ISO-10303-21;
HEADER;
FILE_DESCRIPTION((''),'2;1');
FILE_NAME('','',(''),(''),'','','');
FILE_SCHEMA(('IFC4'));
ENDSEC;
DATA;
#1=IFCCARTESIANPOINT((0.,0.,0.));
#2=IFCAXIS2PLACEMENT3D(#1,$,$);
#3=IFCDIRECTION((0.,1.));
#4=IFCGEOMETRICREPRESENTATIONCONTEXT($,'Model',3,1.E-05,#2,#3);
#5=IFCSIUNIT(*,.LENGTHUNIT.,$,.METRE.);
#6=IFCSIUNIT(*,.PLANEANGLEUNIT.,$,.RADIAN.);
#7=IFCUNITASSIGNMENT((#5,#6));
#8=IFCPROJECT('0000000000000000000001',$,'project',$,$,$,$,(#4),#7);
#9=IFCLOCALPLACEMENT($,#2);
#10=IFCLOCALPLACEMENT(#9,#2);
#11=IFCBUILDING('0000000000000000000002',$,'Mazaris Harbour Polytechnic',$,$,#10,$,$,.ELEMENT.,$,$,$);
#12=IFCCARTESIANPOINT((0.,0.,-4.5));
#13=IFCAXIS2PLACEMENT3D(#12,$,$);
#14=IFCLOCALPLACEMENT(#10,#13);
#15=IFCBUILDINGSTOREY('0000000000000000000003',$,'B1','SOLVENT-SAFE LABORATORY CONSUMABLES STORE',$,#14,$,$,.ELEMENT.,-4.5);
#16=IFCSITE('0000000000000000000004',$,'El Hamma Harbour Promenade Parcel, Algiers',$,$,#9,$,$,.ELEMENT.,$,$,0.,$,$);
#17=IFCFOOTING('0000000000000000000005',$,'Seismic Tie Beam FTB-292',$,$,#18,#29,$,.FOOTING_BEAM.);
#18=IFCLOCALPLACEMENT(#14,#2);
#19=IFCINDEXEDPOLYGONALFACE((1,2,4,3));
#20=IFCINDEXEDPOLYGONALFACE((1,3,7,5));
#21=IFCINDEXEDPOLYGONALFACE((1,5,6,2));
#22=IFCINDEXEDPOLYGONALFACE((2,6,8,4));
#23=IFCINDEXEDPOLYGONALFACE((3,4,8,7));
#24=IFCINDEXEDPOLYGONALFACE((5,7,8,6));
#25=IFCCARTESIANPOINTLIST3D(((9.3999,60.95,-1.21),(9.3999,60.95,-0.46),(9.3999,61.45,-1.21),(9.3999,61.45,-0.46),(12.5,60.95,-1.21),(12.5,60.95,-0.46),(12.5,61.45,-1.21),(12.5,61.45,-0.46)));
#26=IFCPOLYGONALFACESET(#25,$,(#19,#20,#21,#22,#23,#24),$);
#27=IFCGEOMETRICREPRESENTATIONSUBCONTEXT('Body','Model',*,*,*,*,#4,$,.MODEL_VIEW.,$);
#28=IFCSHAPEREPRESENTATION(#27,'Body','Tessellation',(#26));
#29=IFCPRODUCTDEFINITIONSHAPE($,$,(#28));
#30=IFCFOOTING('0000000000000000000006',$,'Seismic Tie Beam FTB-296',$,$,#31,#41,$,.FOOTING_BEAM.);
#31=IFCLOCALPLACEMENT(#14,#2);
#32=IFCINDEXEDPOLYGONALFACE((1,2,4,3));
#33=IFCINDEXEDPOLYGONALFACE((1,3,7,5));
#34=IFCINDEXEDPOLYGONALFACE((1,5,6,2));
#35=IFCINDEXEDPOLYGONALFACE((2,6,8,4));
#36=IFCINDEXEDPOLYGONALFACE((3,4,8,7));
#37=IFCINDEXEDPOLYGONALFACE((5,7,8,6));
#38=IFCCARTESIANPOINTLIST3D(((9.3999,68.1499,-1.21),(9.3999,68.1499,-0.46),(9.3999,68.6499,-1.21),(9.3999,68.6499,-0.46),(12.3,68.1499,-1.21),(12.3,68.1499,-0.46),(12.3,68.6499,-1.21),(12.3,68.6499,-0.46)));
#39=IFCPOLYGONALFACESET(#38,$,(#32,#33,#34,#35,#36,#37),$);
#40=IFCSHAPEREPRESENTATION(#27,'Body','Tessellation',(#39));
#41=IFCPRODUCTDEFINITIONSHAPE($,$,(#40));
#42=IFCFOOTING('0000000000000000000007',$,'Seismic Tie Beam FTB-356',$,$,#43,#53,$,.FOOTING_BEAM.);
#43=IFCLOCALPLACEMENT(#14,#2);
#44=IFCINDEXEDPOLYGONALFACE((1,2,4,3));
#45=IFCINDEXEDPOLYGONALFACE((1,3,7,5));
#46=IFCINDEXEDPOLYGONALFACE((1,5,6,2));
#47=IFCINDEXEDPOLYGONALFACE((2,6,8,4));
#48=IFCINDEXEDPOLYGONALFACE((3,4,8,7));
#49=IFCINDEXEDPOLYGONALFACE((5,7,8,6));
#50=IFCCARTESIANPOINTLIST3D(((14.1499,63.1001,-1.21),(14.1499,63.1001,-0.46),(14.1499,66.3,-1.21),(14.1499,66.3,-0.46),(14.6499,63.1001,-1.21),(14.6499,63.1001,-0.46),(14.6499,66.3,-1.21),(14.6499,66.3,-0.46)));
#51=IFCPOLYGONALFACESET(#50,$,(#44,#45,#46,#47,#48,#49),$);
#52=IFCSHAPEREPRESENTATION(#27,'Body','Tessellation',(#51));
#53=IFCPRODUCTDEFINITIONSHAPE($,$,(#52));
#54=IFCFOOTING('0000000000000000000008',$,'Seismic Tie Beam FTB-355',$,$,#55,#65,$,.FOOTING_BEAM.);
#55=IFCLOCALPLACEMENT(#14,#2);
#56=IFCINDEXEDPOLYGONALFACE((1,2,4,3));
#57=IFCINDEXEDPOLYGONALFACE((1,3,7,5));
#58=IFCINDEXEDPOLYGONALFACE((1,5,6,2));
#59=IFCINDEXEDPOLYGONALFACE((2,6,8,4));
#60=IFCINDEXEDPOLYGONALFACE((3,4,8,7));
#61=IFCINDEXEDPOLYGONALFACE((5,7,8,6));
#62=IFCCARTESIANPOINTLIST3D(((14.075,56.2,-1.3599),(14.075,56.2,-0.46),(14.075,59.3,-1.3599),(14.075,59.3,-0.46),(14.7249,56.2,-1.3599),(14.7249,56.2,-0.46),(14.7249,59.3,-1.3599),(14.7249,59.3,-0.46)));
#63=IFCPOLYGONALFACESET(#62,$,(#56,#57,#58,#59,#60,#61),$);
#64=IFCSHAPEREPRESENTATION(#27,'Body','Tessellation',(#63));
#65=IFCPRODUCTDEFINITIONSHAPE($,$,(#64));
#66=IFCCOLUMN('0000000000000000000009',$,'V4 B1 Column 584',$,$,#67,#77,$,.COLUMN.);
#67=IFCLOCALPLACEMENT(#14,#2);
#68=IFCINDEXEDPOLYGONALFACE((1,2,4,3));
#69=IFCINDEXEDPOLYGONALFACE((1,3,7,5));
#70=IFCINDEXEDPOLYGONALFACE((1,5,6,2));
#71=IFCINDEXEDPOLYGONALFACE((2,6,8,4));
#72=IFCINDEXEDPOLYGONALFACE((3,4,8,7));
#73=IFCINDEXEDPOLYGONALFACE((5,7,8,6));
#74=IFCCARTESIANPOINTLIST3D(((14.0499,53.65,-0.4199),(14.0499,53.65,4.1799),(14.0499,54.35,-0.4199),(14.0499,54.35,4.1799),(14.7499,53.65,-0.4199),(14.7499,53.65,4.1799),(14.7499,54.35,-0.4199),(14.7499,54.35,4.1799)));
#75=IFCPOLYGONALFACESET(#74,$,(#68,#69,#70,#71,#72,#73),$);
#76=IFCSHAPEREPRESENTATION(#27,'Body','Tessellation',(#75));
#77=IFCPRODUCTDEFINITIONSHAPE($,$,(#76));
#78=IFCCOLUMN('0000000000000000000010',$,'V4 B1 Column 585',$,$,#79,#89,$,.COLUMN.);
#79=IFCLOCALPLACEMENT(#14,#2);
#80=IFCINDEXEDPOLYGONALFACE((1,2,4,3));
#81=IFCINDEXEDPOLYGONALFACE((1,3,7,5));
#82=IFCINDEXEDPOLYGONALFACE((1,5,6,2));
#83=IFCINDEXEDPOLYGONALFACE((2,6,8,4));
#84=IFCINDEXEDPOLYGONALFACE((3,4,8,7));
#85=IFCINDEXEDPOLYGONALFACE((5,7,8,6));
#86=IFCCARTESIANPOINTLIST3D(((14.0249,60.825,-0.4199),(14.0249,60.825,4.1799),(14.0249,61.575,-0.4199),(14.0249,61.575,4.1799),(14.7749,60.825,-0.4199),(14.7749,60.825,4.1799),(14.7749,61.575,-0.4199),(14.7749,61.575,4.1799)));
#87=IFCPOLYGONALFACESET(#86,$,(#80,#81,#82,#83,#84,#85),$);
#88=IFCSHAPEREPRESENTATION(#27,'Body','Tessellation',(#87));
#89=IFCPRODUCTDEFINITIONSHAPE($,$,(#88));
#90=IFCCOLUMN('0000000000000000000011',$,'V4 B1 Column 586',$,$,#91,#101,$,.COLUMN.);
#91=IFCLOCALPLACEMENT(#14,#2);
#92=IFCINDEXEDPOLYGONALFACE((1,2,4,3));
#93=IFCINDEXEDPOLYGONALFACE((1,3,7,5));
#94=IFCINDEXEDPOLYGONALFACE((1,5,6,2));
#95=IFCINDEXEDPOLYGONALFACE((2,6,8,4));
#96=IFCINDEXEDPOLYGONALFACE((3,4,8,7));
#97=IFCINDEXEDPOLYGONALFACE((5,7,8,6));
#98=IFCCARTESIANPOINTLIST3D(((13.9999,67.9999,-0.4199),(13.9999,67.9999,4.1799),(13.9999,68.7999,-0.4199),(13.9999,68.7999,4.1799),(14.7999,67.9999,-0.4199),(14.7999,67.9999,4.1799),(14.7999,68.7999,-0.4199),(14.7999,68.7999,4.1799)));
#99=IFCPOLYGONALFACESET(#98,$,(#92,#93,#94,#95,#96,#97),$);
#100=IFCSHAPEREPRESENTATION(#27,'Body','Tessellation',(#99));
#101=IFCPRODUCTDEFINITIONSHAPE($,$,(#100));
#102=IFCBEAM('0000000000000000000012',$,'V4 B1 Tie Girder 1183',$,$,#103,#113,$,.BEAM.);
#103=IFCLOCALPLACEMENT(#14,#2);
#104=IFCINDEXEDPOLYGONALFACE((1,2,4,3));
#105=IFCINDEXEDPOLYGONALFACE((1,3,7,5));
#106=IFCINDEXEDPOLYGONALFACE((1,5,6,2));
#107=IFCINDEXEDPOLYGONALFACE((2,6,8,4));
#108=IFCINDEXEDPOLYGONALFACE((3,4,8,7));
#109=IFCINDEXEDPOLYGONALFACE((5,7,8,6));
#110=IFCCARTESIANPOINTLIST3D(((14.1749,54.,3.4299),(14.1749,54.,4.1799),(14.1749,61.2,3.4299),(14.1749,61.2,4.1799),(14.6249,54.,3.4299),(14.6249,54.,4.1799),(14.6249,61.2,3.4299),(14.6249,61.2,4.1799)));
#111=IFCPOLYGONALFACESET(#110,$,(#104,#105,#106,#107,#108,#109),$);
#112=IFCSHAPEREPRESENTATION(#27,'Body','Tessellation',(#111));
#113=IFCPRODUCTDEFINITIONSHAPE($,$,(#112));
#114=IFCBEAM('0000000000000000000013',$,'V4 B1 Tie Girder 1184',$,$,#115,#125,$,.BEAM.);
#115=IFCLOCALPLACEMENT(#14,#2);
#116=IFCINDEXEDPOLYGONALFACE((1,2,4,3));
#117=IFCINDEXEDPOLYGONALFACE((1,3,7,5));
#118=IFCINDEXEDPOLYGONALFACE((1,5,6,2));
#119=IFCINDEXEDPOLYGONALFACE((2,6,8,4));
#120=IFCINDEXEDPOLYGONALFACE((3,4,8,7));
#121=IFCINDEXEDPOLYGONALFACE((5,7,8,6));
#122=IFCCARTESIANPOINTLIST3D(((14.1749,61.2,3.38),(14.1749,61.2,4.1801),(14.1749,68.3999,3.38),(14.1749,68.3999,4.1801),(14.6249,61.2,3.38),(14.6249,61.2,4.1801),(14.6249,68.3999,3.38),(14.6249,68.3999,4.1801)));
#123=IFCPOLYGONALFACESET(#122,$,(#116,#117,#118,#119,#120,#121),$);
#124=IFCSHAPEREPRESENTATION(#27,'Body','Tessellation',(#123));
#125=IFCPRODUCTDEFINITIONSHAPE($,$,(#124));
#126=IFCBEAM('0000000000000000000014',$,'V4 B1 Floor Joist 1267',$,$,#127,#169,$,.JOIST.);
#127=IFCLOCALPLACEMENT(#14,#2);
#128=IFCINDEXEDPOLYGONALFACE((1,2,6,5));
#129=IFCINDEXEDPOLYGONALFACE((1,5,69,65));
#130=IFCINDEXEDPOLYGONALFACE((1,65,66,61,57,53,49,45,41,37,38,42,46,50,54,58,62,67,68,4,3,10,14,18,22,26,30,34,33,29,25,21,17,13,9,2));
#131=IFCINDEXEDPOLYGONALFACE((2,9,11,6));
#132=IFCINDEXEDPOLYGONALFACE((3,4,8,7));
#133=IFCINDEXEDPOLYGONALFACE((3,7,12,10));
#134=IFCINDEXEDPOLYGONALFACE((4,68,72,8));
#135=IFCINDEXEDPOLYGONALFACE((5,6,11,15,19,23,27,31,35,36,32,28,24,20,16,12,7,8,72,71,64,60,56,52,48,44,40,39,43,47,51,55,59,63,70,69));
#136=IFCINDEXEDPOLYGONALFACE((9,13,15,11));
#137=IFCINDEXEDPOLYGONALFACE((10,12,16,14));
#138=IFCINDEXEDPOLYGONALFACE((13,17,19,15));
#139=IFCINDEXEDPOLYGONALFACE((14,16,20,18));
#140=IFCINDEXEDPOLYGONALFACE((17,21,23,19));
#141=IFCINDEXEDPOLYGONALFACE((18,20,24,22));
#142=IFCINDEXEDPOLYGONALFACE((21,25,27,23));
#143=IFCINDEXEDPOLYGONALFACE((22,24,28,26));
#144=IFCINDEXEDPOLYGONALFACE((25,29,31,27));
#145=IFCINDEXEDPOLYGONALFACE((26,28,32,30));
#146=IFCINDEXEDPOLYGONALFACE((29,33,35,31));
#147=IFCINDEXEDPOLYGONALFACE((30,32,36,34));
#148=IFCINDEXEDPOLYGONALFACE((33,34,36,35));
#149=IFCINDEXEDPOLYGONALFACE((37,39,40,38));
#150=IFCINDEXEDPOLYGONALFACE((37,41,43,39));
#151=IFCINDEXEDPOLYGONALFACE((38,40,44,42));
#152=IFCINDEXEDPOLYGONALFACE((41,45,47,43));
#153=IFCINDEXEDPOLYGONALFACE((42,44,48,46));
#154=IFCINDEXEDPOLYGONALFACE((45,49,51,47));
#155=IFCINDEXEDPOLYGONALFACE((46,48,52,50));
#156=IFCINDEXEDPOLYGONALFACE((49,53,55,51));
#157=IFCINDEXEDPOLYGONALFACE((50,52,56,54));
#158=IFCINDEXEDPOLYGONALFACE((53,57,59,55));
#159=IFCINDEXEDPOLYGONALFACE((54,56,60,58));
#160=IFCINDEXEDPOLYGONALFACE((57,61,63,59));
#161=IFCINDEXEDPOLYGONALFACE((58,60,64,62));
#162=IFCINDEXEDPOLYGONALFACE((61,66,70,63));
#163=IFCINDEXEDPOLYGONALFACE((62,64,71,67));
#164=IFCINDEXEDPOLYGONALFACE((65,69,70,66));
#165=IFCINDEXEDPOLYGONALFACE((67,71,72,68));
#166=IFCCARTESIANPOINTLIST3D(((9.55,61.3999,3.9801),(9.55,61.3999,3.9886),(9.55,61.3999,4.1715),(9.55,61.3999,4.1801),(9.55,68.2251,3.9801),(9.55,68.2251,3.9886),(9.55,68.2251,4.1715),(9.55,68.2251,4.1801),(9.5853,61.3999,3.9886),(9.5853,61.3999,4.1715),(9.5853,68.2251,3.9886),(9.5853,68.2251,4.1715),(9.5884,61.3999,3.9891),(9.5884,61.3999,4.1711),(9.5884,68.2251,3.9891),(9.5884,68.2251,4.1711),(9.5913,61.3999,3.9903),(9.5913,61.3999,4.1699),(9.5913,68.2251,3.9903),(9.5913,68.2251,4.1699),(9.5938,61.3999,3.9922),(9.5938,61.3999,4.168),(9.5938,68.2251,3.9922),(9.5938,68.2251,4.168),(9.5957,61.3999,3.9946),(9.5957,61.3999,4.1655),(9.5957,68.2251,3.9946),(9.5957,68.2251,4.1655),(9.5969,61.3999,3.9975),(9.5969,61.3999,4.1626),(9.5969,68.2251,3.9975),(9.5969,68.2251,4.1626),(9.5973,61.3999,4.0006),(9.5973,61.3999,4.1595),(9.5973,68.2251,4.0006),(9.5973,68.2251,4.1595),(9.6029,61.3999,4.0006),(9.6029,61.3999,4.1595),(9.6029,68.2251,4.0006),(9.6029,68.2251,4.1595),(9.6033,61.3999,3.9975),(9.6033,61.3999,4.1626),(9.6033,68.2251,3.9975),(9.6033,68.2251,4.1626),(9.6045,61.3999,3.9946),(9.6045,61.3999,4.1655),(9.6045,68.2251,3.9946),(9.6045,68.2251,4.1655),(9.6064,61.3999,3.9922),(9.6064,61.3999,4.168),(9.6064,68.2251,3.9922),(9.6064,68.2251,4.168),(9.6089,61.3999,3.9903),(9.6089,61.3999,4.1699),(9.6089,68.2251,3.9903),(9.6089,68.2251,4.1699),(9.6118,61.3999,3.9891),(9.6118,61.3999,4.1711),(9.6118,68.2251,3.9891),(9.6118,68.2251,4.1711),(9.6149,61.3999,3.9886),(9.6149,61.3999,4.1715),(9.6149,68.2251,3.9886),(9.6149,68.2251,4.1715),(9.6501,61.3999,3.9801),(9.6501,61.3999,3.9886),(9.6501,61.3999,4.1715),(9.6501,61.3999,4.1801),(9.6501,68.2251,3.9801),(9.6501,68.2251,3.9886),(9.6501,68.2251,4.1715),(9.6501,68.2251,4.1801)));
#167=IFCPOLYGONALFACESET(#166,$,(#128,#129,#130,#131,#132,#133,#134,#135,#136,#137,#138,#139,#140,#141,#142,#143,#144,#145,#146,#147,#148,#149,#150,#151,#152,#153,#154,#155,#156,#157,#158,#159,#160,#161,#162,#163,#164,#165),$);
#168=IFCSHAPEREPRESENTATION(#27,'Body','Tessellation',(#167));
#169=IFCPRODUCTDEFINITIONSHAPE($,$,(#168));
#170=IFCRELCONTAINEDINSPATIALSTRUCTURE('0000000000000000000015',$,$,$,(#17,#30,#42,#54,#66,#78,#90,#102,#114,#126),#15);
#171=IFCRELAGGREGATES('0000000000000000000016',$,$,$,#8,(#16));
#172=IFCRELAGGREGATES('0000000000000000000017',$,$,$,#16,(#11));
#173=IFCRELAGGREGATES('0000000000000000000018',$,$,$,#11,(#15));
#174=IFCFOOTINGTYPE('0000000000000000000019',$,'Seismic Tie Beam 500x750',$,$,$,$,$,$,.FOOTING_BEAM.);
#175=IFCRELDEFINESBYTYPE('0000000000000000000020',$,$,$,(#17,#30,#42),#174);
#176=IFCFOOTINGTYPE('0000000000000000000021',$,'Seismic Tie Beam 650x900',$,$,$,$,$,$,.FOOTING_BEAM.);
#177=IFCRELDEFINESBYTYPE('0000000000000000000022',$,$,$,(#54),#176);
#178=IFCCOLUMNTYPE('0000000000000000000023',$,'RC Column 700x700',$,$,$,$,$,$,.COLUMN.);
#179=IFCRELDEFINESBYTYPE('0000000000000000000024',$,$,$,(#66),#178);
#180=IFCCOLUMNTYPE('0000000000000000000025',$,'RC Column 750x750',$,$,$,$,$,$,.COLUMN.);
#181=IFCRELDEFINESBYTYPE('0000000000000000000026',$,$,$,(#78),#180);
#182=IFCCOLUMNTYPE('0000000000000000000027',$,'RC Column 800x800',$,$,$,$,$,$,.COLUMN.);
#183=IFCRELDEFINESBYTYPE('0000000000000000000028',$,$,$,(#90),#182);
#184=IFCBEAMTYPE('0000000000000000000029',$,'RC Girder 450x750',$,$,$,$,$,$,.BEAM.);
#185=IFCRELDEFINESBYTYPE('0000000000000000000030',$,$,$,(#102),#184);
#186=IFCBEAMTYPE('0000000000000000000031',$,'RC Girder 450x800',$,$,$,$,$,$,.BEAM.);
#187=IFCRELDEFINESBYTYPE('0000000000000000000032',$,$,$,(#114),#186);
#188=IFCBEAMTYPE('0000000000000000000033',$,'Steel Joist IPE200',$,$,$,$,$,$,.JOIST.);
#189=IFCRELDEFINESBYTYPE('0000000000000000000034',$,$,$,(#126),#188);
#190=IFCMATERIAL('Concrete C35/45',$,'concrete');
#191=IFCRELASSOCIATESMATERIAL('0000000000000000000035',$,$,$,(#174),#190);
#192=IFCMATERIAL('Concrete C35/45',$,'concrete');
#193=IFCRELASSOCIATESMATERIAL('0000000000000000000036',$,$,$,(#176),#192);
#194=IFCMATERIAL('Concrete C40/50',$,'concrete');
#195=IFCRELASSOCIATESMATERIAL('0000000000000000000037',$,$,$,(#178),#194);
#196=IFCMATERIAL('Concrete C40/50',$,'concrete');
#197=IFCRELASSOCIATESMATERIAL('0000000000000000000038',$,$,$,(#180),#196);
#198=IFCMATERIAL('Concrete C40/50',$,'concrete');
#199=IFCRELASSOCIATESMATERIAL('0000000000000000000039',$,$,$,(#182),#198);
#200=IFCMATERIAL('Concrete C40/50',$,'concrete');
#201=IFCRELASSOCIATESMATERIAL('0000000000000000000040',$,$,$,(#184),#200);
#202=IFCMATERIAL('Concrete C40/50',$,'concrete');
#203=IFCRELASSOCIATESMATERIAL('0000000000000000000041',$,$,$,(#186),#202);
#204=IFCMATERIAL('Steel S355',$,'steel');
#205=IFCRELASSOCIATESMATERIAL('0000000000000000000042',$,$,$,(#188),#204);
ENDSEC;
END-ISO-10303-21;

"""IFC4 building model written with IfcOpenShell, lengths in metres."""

from ifc_helpers import new_model, si_unit, direction, frame, origin, origin_2d, place, context, subcontext, project, spatial, rectangle, i_section, extrude, material, material_profile, profile_set, type_object, element, save


model = new_model("IFC4")

# Units and contexts
model_context = context("Model", 3, precision=1e-05, world=origin(), true_north=direction((0.0, 1.0)))
body_context = subcontext(model_context, "Body", "Model", "MODEL_VIEW")
ifc_project = project(units=[si_unit("LENGTHUNIT", "METRE"), si_unit("PLANEANGLEUNIT", "RADIAN")], contexts=[model_context])

# Site, building, storey
site_placement = place(None, origin())
site = spatial("IfcSite", under=ifc_project, at=site_placement, Name="El Hamma Harbour Promenade Parcel, Algiers", CompositionType="ELEMENT", RefElevation=0.0)
building_placement = place(site_placement, origin())
building = spatial("IfcBuilding", under=site, at=building_placement, Name="Mazaris Harbour Polytechnic", CompositionType="ELEMENT")
storey_placement = place(building_placement, frame((0.0, 0.0, -4.5)))
storey = spatial("IfcBuildingStorey", under=building, at=storey_placement, Name="B1", Description="SOLVENT-SAFE LABORATORY CONSUMABLES STORE", CompositionType="ELEMENT", Elevation=-4.5)

# Footings
ifc_material_1 = material(Name="Concrete C35/45", Category="concrete")
ifc_material_profile_1 = material_profile(ifc_material_1, rectangle(XDim=0.5, YDim=0.75, at=origin_2d()), Name="RECT500x750")
ifc_profile_set_1 = profile_set([ifc_material_profile_1], Name="Concrete C35/45")
footing_type_1 = type_object("IfcFootingType", Name="Seismic Tie Beam 500x750", PredefinedType="FOOTING_BEAM", material=ifc_profile_set_1)
footing_1_placement = place(storey_placement, frame((9.3999, 61.2, -0.835), z_axis=(1.0, 0.0, 0.0), x_axis=(0.0, 1.0, 0.0)))
element("IfcFooting", 1, at=footing_1_placement, inside=storey, type_object=footing_type_1, Name="Seismic Tie Beam FTB-292", PredefinedType="FOOTING_BEAM", context=body_context, shape_type="SweptSolid", body=[
    extrude(rectangle(XDim=0.5, YDim=0.75, at=origin_2d()), origin(), (0.0, 0.0, 1.0), 3.1001),
])
footing_2_placement = place(storey_placement, frame((9.3999, 68.3999, -0.835), z_axis=(1.0, 0.0, 0.0), x_axis=(0.0, 1.0, 0.0)))
element("IfcFooting", 2, at=footing_2_placement, inside=storey, type_object=footing_type_1, Name="Seismic Tie Beam FTB-296", PredefinedType="FOOTING_BEAM", context=body_context, shape_type="SweptSolid", body=[
    extrude(rectangle(XDim=0.5, YDim=0.75, at=origin_2d()), origin(), (0.0, 0.0, 1.0), 2.9001),
])
footing_3_placement = place(storey_placement, frame((14.3999, 63.1001, -0.835), z_axis=(0.0, 1.0, 0.0), x_axis=(-1.0, 0.0, 0.0)))
element("IfcFooting", 3, at=footing_3_placement, inside=storey, type_object=footing_type_1, Name="Seismic Tie Beam FTB-356", PredefinedType="FOOTING_BEAM", context=body_context, shape_type="SweptSolid", body=[
    extrude(rectangle(XDim=0.5, YDim=0.75, at=origin_2d()), origin(), (0.0, 0.0, 1.0), 3.2),
])
ifc_material_2 = material(Name="Concrete C35/45", Category="concrete")
ifc_material_profile_2 = material_profile(ifc_material_2, rectangle(XDim=0.6499, YDim=0.8999, at=origin_2d()), Name="RECT650x900")
ifc_profile_set_2 = profile_set([ifc_material_profile_2], Name="Concrete C35/45")
footing_type_2 = type_object("IfcFootingType", Name="Seismic Tie Beam 650x900", PredefinedType="FOOTING_BEAM", material=ifc_profile_set_2)
footing_4_placement = place(storey_placement, frame((14.3999, 56.2, -0.9099), z_axis=(0.0, 1.0, 0.0), x_axis=(-1.0, 0.0, 0.0)))
element("IfcFooting", 4, at=footing_4_placement, inside=storey, type_object=footing_type_2, Name="Seismic Tie Beam FTB-355", PredefinedType="FOOTING_BEAM", context=body_context, shape_type="SweptSolid", body=[
    extrude(rectangle(XDim=0.6499, YDim=0.8999, at=origin_2d()), origin(), (0.0, 0.0, 1.0), 3.1001),
])

# Columns
ifc_material_3 = material(Name="Concrete C40/50", Category="concrete")
ifc_material_profile_3 = material_profile(ifc_material_3, rectangle(XDim=0.7, YDim=0.7, at=origin_2d()), Name="RECT700x700")
ifc_profile_set_3 = profile_set([ifc_material_profile_3], Name="Concrete C40/50")
column_type_1 = type_object("IfcColumnType", Name="RC Column 700x700", PredefinedType="COLUMN", material=ifc_profile_set_3)
column_1_placement = place(storey_placement, frame((14.3999, 54.0, -0.4199), z_axis=(0.0, 0.0, 1.0), x_axis=(1.0, 0.0, 0.0)))
element("IfcColumn", 5, at=column_1_placement, inside=storey, type_object=column_type_1, Name="V4 B1 Column 584", PredefinedType="COLUMN", context=body_context, shape_type="SweptSolid", body=[
    extrude(rectangle(XDim=0.7, YDim=0.7, at=origin_2d()), origin(), (0.0, 0.0, 1.0), 4.5999),
])
ifc_material_4 = material(Name="Concrete C40/50", Category="concrete")
ifc_material_profile_4 = material_profile(ifc_material_4, rectangle(XDim=0.75, YDim=0.75, at=origin_2d()), Name="RECT750x750")
ifc_profile_set_4 = profile_set([ifc_material_profile_4], Name="Concrete C40/50")
column_type_2 = type_object("IfcColumnType", Name="RC Column 750x750", PredefinedType="COLUMN", material=ifc_profile_set_4)
column_2_placement = place(storey_placement, frame((14.3999, 61.2, -0.4199), z_axis=(0.0, 0.0, 1.0), x_axis=(1.0, 0.0, 0.0)))
element("IfcColumn", 6, at=column_2_placement, inside=storey, type_object=column_type_2, Name="V4 B1 Column 585", PredefinedType="COLUMN", context=body_context, shape_type="SweptSolid", body=[
    extrude(rectangle(XDim=0.75, YDim=0.75, at=origin_2d()), origin(), (0.0, 0.0, 1.0), 4.5999),
])
ifc_material_5 = material(Name="Concrete C40/50", Category="concrete")
ifc_material_profile_5 = material_profile(ifc_material_5, rectangle(XDim=0.8, YDim=0.8, at=origin_2d()), Name="RECT800x800")
ifc_profile_set_5 = profile_set([ifc_material_profile_5], Name="Concrete C40/50")
column_type_3 = type_object("IfcColumnType", Name="RC Column 800x800", PredefinedType="COLUMN", material=ifc_profile_set_5)
column_3_placement = place(storey_placement, frame((14.3999, 68.3999, -0.4199), z_axis=(0.0, 0.0, 1.0), x_axis=(1.0, 0.0, 0.0)))
element("IfcColumn", 7, at=column_3_placement, inside=storey, type_object=column_type_3, Name="V4 B1 Column 586", PredefinedType="COLUMN", context=body_context, shape_type="SweptSolid", body=[
    extrude(rectangle(XDim=0.8, YDim=0.8, at=origin_2d()), origin(), (0.0, 0.0, 1.0), 4.5999),
])

# Beams
ifc_material_6 = material(Name="Concrete C40/50", Category="concrete")
ifc_material_profile_6 = material_profile(ifc_material_6, rectangle(XDim=0.45, YDim=0.75, at=origin_2d()), Name="RECT450x750")
ifc_profile_set_6 = profile_set([ifc_material_profile_6], Name="Concrete C40/50")
beam_type_1 = type_object("IfcBeamType", Name="RC Girder 450x750", PredefinedType="BEAM", material=ifc_profile_set_6)
beam_1_placement = place(storey_placement, frame((14.3999, 54.0, 3.8049), z_axis=(0.0, 1.0, 0.0), x_axis=(-1.0, 0.0, 0.0)))
element("IfcBeam", 8, at=beam_1_placement, inside=storey, type_object=beam_type_1, Name="V4 B1 Tie Girder 1183", PredefinedType="BEAM", context=body_context, shape_type="SweptSolid", body=[
    extrude(rectangle(XDim=0.45, YDim=0.75, at=origin_2d()), origin(), (0.0, 0.0, 1.0), 7.2),
])
ifc_material_7 = material(Name="Concrete C40/50", Category="concrete")
ifc_material_profile_7 = material_profile(ifc_material_7, rectangle(XDim=0.45, YDim=0.8, at=origin_2d()), Name="RECT450x800")
ifc_profile_set_7 = profile_set([ifc_material_profile_7], Name="Concrete C40/50")
beam_type_2 = type_object("IfcBeamType", Name="RC Girder 450x800", PredefinedType="BEAM", material=ifc_profile_set_7)
beam_2_placement = place(storey_placement, frame((14.3999, 61.2, 3.78), z_axis=(0.0, 1.0, 0.0), x_axis=(-1.0, 0.0, 0.0)))
element("IfcBeam", 9, at=beam_2_placement, inside=storey, type_object=beam_type_2, Name="V4 B1 Tie Girder 1184", PredefinedType="BEAM", context=body_context, shape_type="SweptSolid", body=[
    extrude(rectangle(XDim=0.45, YDim=0.8, at=origin_2d()), origin(), (0.0, 0.0, 1.0), 7.2),
])
ifc_material_8 = material(Name="Steel S355", Category="steel")
ifc_material_profile_8 = material_profile(ifc_material_8, i_section(OverallWidth=0.1001, OverallDepth=0.2, WebThickness=0.0056, FlangeThickness=0.0085, FilletRadius=0.012, at=origin_2d()), Name="IPE 200")
ifc_profile_set_8 = profile_set([ifc_material_profile_8], Name="Steel S355")
beam_type_3 = type_object("IfcBeamType", Name="Steel Joist IPE200", PredefinedType="JOIST", material=ifc_profile_set_8)
beam_3_placement = place(storey_placement, frame((9.6001, 61.3999, 4.0801), z_axis=(0.0, 1.0, 0.0), x_axis=(-1.0, 0.0, 0.0)))
element("IfcBeam", 10, at=beam_3_placement, inside=storey, type_object=beam_type_3, Name="V4 B1 Floor Joist 1267", PredefinedType="JOIST", context=body_context, shape_type="SweptSolid", body=[
    extrude(i_section(OverallWidth=0.1001, OverallDepth=0.2, WebThickness=0.0056, FlangeThickness=0.0085, FilletRadius=0.012, at=origin_2d()), origin(), (0.0, 0.0, 1.0), 6.8252),
])

save(model, "model.ifc")
